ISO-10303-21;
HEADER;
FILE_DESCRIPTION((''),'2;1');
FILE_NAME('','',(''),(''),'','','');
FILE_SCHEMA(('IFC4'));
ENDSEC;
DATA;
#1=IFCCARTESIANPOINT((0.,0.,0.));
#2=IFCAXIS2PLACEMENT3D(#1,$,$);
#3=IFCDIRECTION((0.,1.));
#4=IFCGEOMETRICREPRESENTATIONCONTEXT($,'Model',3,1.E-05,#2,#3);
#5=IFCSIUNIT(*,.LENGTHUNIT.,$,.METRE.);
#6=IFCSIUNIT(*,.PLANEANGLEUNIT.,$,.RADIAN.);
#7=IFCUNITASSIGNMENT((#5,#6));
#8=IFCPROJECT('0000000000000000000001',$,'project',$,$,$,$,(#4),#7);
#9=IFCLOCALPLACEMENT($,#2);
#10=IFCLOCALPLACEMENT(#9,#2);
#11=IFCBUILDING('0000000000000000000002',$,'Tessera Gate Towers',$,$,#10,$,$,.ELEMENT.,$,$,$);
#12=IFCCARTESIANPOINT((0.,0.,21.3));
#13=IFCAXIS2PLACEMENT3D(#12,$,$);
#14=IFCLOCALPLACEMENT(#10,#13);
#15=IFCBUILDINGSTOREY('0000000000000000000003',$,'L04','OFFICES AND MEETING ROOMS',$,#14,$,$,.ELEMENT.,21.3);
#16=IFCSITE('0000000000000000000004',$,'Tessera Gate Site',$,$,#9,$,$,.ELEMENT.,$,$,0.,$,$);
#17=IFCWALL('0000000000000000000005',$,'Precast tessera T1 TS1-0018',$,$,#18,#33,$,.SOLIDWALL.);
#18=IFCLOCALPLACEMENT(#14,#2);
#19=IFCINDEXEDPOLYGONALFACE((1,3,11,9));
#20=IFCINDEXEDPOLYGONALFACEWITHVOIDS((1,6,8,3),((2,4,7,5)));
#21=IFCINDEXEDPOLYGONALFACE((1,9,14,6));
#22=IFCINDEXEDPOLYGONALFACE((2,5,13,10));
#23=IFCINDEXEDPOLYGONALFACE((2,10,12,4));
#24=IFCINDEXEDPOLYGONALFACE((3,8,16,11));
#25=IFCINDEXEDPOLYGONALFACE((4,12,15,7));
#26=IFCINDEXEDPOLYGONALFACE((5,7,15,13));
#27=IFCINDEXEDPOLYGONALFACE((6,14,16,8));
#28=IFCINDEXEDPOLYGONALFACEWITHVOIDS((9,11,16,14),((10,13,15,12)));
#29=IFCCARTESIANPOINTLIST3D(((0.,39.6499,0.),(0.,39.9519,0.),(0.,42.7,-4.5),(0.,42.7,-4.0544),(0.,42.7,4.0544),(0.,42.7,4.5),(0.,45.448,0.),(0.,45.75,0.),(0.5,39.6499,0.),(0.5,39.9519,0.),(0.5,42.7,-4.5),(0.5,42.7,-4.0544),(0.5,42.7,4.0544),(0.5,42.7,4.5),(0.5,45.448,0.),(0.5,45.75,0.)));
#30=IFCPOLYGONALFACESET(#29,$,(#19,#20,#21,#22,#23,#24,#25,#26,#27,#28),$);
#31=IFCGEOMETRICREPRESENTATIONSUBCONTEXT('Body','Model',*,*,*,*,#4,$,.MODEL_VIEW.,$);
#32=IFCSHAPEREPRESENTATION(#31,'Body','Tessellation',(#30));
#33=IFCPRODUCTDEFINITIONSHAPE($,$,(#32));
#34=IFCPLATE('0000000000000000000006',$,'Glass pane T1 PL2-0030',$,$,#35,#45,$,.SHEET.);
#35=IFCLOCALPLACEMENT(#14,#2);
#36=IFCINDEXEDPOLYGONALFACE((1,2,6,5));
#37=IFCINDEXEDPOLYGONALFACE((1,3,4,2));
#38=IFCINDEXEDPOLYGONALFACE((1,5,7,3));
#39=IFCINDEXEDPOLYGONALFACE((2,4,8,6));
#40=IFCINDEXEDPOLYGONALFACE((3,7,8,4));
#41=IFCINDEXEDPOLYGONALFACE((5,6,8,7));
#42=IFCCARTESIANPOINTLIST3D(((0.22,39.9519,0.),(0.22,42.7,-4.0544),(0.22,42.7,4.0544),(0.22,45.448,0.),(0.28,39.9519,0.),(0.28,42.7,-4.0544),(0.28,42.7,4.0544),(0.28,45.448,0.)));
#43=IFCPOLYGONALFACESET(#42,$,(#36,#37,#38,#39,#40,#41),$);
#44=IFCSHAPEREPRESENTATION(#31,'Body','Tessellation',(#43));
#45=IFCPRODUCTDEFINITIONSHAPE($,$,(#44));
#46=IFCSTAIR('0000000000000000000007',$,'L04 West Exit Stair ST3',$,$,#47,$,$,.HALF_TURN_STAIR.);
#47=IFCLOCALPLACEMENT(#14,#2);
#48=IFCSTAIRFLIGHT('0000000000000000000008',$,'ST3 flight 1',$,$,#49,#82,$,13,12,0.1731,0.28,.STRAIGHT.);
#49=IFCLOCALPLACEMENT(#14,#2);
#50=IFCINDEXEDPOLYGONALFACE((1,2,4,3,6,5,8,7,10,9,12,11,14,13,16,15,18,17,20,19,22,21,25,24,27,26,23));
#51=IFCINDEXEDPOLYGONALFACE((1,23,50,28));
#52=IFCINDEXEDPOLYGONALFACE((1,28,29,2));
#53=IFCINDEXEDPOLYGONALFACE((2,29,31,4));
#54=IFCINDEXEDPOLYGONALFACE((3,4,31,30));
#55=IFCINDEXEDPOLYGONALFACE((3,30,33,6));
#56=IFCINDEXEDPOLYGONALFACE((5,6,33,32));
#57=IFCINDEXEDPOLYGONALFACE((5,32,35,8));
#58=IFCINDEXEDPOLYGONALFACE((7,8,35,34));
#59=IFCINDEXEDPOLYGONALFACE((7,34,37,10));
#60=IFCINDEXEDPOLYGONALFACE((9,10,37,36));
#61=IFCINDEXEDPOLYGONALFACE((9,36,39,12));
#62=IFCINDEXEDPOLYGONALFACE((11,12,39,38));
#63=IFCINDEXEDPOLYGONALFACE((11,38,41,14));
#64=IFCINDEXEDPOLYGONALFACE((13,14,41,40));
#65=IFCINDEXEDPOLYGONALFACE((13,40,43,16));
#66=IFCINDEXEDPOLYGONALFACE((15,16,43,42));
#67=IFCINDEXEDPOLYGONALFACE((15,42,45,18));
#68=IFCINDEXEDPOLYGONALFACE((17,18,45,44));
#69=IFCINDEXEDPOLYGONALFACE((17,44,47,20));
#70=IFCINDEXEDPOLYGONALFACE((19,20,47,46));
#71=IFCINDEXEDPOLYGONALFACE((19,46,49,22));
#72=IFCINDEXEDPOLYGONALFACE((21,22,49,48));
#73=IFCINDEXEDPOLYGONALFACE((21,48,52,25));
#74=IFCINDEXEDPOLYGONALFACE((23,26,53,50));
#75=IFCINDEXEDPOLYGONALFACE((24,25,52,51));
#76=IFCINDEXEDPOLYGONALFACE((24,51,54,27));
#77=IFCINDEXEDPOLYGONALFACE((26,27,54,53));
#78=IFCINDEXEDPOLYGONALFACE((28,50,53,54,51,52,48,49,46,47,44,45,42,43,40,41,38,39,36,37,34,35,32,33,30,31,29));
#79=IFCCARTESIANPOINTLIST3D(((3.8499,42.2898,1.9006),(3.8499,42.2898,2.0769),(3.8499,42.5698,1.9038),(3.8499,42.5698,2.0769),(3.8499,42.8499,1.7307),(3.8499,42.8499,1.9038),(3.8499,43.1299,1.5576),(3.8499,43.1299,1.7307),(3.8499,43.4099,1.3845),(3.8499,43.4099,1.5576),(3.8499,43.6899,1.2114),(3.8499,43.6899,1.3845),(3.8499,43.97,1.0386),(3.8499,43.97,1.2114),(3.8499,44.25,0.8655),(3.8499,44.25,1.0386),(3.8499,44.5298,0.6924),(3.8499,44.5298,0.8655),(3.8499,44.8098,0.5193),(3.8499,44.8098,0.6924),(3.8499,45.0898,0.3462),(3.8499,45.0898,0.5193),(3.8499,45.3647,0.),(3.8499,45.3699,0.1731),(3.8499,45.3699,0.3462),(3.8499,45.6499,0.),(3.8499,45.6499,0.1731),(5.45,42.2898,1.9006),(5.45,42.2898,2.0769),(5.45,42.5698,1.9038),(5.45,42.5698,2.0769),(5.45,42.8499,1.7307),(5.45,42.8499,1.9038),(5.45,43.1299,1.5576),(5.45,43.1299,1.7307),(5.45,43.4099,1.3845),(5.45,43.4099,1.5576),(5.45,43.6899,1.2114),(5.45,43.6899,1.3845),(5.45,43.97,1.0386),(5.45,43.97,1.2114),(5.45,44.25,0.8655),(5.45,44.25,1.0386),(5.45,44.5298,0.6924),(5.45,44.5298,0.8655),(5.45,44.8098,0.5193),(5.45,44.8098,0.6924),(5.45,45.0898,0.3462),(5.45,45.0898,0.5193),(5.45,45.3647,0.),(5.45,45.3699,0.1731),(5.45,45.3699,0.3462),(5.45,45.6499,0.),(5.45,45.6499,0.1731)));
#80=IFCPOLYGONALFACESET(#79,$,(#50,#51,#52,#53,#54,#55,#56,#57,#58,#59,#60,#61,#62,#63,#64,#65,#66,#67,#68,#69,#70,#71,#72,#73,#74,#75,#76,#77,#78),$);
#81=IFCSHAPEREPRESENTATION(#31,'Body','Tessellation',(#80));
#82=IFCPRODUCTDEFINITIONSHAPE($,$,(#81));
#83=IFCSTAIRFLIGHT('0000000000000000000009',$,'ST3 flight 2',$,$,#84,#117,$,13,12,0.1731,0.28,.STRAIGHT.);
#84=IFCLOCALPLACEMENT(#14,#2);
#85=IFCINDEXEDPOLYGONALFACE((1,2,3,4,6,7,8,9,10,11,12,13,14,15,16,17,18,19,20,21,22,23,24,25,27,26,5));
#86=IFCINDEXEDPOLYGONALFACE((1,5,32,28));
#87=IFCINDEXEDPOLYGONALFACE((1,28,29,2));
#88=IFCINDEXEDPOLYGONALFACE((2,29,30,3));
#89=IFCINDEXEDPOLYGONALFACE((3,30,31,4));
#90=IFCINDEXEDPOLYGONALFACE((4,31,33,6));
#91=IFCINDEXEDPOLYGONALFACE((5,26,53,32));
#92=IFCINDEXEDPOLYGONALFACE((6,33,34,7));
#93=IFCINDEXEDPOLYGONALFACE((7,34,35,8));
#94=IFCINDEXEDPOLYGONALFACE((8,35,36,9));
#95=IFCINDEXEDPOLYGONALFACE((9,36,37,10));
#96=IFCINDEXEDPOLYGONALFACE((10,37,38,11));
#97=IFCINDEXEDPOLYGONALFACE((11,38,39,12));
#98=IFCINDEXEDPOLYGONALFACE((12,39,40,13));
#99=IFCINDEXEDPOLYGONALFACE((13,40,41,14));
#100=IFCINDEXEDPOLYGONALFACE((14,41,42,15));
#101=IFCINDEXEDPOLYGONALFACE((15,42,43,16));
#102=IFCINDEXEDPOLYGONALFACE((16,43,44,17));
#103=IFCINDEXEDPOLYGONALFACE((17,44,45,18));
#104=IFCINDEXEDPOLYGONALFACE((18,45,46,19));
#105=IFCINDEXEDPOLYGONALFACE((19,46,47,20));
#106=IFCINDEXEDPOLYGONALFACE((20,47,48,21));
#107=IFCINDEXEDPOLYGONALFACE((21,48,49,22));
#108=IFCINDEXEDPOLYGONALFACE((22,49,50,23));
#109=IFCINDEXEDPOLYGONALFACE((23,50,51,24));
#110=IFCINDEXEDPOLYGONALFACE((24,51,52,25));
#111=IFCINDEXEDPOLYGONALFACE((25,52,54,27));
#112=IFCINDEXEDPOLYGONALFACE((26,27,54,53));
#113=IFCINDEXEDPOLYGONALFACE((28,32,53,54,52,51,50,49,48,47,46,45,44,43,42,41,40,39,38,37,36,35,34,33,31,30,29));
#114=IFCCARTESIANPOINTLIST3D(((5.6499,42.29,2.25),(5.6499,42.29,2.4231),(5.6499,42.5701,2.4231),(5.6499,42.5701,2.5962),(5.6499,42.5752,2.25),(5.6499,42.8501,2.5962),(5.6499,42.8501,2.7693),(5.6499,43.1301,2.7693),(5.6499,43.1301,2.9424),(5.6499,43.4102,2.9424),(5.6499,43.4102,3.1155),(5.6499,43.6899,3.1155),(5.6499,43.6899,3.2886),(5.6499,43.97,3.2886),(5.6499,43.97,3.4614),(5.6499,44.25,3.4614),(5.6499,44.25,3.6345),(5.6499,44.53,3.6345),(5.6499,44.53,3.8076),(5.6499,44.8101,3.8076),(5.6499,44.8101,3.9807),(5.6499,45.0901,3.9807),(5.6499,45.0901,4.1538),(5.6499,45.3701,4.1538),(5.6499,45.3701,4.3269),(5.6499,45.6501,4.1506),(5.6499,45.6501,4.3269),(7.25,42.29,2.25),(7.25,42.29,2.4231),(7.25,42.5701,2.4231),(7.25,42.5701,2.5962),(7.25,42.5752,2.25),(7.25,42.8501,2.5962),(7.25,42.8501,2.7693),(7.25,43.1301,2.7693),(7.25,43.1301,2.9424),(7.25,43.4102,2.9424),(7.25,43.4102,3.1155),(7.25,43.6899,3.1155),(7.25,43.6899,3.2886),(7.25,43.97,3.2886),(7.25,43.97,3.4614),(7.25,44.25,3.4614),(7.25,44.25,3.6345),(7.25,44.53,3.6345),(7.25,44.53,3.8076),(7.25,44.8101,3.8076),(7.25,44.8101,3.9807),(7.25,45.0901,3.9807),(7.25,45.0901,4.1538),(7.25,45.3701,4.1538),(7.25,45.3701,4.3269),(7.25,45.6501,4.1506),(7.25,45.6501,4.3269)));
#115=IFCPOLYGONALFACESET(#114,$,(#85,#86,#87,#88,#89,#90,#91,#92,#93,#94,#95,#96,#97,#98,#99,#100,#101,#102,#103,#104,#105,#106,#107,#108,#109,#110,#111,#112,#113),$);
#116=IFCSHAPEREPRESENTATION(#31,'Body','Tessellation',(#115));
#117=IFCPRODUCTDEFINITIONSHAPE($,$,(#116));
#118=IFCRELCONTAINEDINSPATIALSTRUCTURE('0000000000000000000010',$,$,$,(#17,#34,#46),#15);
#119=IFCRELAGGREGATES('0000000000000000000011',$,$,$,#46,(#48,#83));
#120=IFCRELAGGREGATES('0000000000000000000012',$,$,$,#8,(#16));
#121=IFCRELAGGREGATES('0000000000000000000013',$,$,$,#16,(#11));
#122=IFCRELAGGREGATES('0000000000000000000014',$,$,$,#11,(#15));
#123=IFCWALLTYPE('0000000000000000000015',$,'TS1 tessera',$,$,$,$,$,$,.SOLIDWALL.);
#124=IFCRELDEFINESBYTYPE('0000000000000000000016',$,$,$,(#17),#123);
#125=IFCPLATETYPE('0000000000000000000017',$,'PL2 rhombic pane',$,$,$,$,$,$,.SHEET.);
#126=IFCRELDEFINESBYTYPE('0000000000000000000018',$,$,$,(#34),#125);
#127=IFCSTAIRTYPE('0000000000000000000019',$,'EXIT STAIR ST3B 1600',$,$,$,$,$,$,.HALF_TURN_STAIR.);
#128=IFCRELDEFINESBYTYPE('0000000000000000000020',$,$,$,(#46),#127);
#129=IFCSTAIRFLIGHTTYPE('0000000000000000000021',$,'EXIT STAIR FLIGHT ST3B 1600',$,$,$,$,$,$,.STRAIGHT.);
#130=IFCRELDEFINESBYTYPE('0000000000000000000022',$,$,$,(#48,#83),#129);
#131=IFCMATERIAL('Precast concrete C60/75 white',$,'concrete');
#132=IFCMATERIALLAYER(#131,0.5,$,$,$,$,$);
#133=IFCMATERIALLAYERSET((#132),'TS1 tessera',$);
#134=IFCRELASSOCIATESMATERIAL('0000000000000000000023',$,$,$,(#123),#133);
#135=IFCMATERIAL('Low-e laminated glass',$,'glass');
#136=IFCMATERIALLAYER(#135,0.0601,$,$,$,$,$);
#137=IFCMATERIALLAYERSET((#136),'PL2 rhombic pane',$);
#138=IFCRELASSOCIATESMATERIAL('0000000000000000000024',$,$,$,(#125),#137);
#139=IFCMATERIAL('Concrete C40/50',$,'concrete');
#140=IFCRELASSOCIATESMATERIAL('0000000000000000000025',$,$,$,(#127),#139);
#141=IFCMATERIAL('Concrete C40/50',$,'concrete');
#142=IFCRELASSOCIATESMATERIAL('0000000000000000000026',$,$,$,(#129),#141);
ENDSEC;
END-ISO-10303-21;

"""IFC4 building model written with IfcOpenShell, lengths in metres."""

from ifc_helpers import new_model, si_unit, direction, frame, origin, place, context, subcontext, project, spatial, polyline, outline, extrude, source, transform, mapped, material, layer, layer_set, type_object, element, fill, aggregate, save


model = new_model("IFC4")

# Units and contexts
model_context = context("Model", 3, precision=1e-05, world=origin(), true_north=direction((0.0, 1.0)))
body_context = subcontext(model_context, "Body", "Model", "MODEL_VIEW")
ifc_project = project(units=[si_unit("LENGTHUNIT", "METRE"), si_unit("PLANEANGLEUNIT", "RADIAN")], contexts=[model_context])

# Site, building, storey
site_placement = place(None, origin())
site = spatial("IfcSite", under=ifc_project, at=site_placement, Name="Tessera Gate Site", CompositionType="ELEMENT", RefElevation=0.0)
building_placement = place(site_placement, origin())
building = spatial("IfcBuilding", under=site, at=building_placement, Name="Tessera Gate Towers", CompositionType="ELEMENT")
storey_placement = place(building_placement, frame((0.0, 0.0, 21.3)))
storey = spatial("IfcBuildingStorey", under=building, at=storey_placement, Name="L04", Description="OFFICES AND MEETING ROOMS", CompositionType="ELEMENT", Elevation=21.3)

# Wall, opening, plate
ifc_material_1 = material(Name="Precast concrete C60/75 white", Category="concrete")
ifc_layer_1 = layer(ifc_material_1, 0.5)
ifc_layer_set_1 = layer_set([ifc_layer_1], Name="TS1 tessera")
wall_type_1 = type_object("IfcWallType", Name="TS1 tessera", PredefinedType="SOLIDWALL", material=ifc_layer_set_1)
shared_shape_1 = source(origin(), body_context, "Body", "SweptSolid", [
    extrude(outline(polyline([(3.05, 0.0), (6.1001, 4.5), (3.05, 9.0), (0.0, 4.5), (3.05, 0.0)])), frame((0.0, 0.25, 0.0), z_axis=(0.0, -1.0, 0.0), x_axis=(1.0, 0.0, 0.0)), (0.0, 0.0, 1.0), 0.5),
])
wall_1_placement = place(storey_placement, frame((0.25, 45.75, -4.5), z_axis=(0.0, 0.0, 1.0), x_axis=(0.0, -1.0, 0.0)))
wall_1 = element("IfcWall", 1, at=wall_1_placement, inside=storey, type_object=wall_type_1, Name="Precast tessera T1 TS1-0018", PredefinedType="SOLIDWALL", context=body_context, shape_type="MappedRepresentation", body=[
    mapped(shared_shape_1, transform((0.0, 0.0, 0.0), scale=1.0)),
])
shared_shape_2 = source(origin(), body_context, "Body", "SweptSolid", [
    extrude(outline(polyline([(3.05, 0.4456), (5.7981, 4.5), (3.05, 8.5544), (0.302, 4.5), (3.05, 0.4456)])), frame((0.0, 0.26, 0.0), z_axis=(0.0, -1.0, 0.0), x_axis=(1.0, 0.0, 0.0)), (0.0, 0.0, 1.0), 0.52),
])
opening_1_placement = place(wall_1_placement, origin())
opening_1 = element("IfcOpeningElement", 2, at=opening_1_placement, cuts=wall_1, PredefinedType="OPENING", context=body_context, shape_type="MappedRepresentation", body=[
    mapped(shared_shape_2, transform((0.0, 0.0, 0.0), scale=1.0)),
])
ifc_material_2 = material(Name="Low-e laminated glass", Category="glass")
ifc_layer_2 = layer(ifc_material_2, 0.0601)
ifc_layer_set_2 = layer_set([ifc_layer_2], Name="PL2 rhombic pane")
plate_type = type_object("IfcPlateType", Name="PL2 rhombic pane", PredefinedType="SHEET", material=ifc_layer_set_2)
shared_shape_3 = source(origin(), body_context, "Body", "SweptSolid", [
    extrude(outline(polyline([(3.05, 0.4456), (5.7981, 4.5), (3.05, 8.5544), (0.302, 4.5), (3.05, 0.4456)])), frame((0.0, 0.03, 0.0), z_axis=(0.0, -1.0, 0.0), x_axis=(1.0, 0.0, 0.0)), (0.0, 0.0, 1.0), 0.0601),
])
plate_placement = place(opening_1_placement, origin())
plate = element("IfcPlate", 3, at=plate_placement, inside=storey, type_object=plate_type, Name="Glass pane T1 PL2-0030", PredefinedType="SHEET", context=body_context, shape_type="MappedRepresentation", body=[
    mapped(shared_shape_3, transform((0.0, 0.0, 0.0), scale=1.0)),
])
fill(opening_1, plate)

# Stair, stair flights
ifc_material_3 = material(Name="Concrete C40/50", Category="concrete")
stair_type = type_object("IfcStairType", Name="EXIT STAIR ST3B 1600", PredefinedType="HALF_TURN_STAIR", material=ifc_material_3)
stair_placement = place(storey_placement, origin())
stair = element("IfcStair", 4, at=stair_placement, inside=storey, type_object=stair_type, Name="L04 West Exit Stair ST3", PredefinedType="HALF_TURN_STAIR")
ifc_material_4 = material(Name="Concrete C40/50", Category="concrete")
stair_flight_type = type_object("IfcStairFlightType", Name="EXIT STAIR FLIGHT ST3B 1600", PredefinedType="STRAIGHT", material=ifc_material_4)
stair_flight_1_placement = place(storey_placement, frame((4.6499, 45.6499, 0.0), z_axis=(0.0, 0.0, 1.0), x_axis=(0.0, -1.0, 0.0)))
stair_flight_1 = element("IfcStairFlight", 5, at=stair_flight_1_placement, type_object=stair_flight_type, Name="ST3 flight 1", NumberOfRisers=13, NumberOfTreads=12, PredefinedType="STRAIGHT", RiserHeight=0.1731, TreadLength=0.28, context=body_context, shape_type="SweptSolid", body=[
    extrude(outline(polyline([(0.0, 0.0), (0.0, 0.1731), (0.28, 0.1731), (0.28, 0.3462), (0.5601, 0.3462), (0.5601, 0.5193), (0.8401, 0.5193), (0.8401, 0.6924), (1.1201, 0.6924), (1.1201, 0.8655), (1.3999, 0.8655), (1.3999, 1.0386), (1.6799, 1.0386), (1.6799, 1.2114), (1.96, 1.2114), (1.96, 1.3845), (2.24, 1.3845), (2.24, 1.5576), (2.52, 1.5576), (2.52, 1.7307), (2.8, 1.7307), (2.8, 1.9038), (3.0801, 1.9038), (3.0801, 2.0769), (3.3601, 2.0769), (3.3601, 2.25), (3.3601, 1.9006), (0.2852, 0.0), (0.0, 0.0)])), frame((0.0, 0.8, 0.0), z_axis=(0.0, -1.0, 0.0), x_axis=(1.0, 0.0, 0.0)), (0.0, 0.0, 1.0), 1.6001),
])
stair_flight_2_placement = place(storey_placement, frame((6.45, 42.29, 2.25), z_axis=(0.0, 0.0, 1.0), x_axis=(0.0, 1.0, 0.0)))
stair_flight_2 = element("IfcStairFlight", 6, at=stair_flight_2_placement, type_object=stair_flight_type, Name="ST3 flight 2", NumberOfRisers=13, NumberOfTreads=12, PredefinedType="STRAIGHT", RiserHeight=0.1731, TreadLength=0.28, context=body_context, shape_type="SweptSolid", body=[
    extrude(outline(polyline([(0.0, 0.0), (0.0, 0.1731), (0.28, 0.1731), (0.28, 0.3462), (0.5601, 0.3462), (0.5601, 0.5193), (0.8401, 0.5193), (0.8401, 0.6924), (1.1201, 0.6924), (1.1201, 0.8655), (1.3999, 0.8655), (1.3999, 1.0386), (1.6799, 1.0386), (1.6799, 1.2114), (1.96, 1.2114), (1.96, 1.3845), (2.24, 1.3845), (2.24, 1.5576), (2.52, 1.5576), (2.52, 1.7307), (2.8, 1.7307), (2.8, 1.9038), (3.0801, 1.9038), (3.0801, 2.0769), (3.3601, 2.0769), (3.3601, 2.25), (3.3601, 1.9006), (0.2852, 0.0), (0.0, 0.0)])), frame((0.0, 0.8, 0.0), z_axis=(0.0, -1.0, 0.0), x_axis=(1.0, 0.0, 0.0)), (0.0, 0.0, 1.0), 1.6001),
])
aggregate(stair, [stair_flight_1, stair_flight_2])

save(model, "model.ifc")
